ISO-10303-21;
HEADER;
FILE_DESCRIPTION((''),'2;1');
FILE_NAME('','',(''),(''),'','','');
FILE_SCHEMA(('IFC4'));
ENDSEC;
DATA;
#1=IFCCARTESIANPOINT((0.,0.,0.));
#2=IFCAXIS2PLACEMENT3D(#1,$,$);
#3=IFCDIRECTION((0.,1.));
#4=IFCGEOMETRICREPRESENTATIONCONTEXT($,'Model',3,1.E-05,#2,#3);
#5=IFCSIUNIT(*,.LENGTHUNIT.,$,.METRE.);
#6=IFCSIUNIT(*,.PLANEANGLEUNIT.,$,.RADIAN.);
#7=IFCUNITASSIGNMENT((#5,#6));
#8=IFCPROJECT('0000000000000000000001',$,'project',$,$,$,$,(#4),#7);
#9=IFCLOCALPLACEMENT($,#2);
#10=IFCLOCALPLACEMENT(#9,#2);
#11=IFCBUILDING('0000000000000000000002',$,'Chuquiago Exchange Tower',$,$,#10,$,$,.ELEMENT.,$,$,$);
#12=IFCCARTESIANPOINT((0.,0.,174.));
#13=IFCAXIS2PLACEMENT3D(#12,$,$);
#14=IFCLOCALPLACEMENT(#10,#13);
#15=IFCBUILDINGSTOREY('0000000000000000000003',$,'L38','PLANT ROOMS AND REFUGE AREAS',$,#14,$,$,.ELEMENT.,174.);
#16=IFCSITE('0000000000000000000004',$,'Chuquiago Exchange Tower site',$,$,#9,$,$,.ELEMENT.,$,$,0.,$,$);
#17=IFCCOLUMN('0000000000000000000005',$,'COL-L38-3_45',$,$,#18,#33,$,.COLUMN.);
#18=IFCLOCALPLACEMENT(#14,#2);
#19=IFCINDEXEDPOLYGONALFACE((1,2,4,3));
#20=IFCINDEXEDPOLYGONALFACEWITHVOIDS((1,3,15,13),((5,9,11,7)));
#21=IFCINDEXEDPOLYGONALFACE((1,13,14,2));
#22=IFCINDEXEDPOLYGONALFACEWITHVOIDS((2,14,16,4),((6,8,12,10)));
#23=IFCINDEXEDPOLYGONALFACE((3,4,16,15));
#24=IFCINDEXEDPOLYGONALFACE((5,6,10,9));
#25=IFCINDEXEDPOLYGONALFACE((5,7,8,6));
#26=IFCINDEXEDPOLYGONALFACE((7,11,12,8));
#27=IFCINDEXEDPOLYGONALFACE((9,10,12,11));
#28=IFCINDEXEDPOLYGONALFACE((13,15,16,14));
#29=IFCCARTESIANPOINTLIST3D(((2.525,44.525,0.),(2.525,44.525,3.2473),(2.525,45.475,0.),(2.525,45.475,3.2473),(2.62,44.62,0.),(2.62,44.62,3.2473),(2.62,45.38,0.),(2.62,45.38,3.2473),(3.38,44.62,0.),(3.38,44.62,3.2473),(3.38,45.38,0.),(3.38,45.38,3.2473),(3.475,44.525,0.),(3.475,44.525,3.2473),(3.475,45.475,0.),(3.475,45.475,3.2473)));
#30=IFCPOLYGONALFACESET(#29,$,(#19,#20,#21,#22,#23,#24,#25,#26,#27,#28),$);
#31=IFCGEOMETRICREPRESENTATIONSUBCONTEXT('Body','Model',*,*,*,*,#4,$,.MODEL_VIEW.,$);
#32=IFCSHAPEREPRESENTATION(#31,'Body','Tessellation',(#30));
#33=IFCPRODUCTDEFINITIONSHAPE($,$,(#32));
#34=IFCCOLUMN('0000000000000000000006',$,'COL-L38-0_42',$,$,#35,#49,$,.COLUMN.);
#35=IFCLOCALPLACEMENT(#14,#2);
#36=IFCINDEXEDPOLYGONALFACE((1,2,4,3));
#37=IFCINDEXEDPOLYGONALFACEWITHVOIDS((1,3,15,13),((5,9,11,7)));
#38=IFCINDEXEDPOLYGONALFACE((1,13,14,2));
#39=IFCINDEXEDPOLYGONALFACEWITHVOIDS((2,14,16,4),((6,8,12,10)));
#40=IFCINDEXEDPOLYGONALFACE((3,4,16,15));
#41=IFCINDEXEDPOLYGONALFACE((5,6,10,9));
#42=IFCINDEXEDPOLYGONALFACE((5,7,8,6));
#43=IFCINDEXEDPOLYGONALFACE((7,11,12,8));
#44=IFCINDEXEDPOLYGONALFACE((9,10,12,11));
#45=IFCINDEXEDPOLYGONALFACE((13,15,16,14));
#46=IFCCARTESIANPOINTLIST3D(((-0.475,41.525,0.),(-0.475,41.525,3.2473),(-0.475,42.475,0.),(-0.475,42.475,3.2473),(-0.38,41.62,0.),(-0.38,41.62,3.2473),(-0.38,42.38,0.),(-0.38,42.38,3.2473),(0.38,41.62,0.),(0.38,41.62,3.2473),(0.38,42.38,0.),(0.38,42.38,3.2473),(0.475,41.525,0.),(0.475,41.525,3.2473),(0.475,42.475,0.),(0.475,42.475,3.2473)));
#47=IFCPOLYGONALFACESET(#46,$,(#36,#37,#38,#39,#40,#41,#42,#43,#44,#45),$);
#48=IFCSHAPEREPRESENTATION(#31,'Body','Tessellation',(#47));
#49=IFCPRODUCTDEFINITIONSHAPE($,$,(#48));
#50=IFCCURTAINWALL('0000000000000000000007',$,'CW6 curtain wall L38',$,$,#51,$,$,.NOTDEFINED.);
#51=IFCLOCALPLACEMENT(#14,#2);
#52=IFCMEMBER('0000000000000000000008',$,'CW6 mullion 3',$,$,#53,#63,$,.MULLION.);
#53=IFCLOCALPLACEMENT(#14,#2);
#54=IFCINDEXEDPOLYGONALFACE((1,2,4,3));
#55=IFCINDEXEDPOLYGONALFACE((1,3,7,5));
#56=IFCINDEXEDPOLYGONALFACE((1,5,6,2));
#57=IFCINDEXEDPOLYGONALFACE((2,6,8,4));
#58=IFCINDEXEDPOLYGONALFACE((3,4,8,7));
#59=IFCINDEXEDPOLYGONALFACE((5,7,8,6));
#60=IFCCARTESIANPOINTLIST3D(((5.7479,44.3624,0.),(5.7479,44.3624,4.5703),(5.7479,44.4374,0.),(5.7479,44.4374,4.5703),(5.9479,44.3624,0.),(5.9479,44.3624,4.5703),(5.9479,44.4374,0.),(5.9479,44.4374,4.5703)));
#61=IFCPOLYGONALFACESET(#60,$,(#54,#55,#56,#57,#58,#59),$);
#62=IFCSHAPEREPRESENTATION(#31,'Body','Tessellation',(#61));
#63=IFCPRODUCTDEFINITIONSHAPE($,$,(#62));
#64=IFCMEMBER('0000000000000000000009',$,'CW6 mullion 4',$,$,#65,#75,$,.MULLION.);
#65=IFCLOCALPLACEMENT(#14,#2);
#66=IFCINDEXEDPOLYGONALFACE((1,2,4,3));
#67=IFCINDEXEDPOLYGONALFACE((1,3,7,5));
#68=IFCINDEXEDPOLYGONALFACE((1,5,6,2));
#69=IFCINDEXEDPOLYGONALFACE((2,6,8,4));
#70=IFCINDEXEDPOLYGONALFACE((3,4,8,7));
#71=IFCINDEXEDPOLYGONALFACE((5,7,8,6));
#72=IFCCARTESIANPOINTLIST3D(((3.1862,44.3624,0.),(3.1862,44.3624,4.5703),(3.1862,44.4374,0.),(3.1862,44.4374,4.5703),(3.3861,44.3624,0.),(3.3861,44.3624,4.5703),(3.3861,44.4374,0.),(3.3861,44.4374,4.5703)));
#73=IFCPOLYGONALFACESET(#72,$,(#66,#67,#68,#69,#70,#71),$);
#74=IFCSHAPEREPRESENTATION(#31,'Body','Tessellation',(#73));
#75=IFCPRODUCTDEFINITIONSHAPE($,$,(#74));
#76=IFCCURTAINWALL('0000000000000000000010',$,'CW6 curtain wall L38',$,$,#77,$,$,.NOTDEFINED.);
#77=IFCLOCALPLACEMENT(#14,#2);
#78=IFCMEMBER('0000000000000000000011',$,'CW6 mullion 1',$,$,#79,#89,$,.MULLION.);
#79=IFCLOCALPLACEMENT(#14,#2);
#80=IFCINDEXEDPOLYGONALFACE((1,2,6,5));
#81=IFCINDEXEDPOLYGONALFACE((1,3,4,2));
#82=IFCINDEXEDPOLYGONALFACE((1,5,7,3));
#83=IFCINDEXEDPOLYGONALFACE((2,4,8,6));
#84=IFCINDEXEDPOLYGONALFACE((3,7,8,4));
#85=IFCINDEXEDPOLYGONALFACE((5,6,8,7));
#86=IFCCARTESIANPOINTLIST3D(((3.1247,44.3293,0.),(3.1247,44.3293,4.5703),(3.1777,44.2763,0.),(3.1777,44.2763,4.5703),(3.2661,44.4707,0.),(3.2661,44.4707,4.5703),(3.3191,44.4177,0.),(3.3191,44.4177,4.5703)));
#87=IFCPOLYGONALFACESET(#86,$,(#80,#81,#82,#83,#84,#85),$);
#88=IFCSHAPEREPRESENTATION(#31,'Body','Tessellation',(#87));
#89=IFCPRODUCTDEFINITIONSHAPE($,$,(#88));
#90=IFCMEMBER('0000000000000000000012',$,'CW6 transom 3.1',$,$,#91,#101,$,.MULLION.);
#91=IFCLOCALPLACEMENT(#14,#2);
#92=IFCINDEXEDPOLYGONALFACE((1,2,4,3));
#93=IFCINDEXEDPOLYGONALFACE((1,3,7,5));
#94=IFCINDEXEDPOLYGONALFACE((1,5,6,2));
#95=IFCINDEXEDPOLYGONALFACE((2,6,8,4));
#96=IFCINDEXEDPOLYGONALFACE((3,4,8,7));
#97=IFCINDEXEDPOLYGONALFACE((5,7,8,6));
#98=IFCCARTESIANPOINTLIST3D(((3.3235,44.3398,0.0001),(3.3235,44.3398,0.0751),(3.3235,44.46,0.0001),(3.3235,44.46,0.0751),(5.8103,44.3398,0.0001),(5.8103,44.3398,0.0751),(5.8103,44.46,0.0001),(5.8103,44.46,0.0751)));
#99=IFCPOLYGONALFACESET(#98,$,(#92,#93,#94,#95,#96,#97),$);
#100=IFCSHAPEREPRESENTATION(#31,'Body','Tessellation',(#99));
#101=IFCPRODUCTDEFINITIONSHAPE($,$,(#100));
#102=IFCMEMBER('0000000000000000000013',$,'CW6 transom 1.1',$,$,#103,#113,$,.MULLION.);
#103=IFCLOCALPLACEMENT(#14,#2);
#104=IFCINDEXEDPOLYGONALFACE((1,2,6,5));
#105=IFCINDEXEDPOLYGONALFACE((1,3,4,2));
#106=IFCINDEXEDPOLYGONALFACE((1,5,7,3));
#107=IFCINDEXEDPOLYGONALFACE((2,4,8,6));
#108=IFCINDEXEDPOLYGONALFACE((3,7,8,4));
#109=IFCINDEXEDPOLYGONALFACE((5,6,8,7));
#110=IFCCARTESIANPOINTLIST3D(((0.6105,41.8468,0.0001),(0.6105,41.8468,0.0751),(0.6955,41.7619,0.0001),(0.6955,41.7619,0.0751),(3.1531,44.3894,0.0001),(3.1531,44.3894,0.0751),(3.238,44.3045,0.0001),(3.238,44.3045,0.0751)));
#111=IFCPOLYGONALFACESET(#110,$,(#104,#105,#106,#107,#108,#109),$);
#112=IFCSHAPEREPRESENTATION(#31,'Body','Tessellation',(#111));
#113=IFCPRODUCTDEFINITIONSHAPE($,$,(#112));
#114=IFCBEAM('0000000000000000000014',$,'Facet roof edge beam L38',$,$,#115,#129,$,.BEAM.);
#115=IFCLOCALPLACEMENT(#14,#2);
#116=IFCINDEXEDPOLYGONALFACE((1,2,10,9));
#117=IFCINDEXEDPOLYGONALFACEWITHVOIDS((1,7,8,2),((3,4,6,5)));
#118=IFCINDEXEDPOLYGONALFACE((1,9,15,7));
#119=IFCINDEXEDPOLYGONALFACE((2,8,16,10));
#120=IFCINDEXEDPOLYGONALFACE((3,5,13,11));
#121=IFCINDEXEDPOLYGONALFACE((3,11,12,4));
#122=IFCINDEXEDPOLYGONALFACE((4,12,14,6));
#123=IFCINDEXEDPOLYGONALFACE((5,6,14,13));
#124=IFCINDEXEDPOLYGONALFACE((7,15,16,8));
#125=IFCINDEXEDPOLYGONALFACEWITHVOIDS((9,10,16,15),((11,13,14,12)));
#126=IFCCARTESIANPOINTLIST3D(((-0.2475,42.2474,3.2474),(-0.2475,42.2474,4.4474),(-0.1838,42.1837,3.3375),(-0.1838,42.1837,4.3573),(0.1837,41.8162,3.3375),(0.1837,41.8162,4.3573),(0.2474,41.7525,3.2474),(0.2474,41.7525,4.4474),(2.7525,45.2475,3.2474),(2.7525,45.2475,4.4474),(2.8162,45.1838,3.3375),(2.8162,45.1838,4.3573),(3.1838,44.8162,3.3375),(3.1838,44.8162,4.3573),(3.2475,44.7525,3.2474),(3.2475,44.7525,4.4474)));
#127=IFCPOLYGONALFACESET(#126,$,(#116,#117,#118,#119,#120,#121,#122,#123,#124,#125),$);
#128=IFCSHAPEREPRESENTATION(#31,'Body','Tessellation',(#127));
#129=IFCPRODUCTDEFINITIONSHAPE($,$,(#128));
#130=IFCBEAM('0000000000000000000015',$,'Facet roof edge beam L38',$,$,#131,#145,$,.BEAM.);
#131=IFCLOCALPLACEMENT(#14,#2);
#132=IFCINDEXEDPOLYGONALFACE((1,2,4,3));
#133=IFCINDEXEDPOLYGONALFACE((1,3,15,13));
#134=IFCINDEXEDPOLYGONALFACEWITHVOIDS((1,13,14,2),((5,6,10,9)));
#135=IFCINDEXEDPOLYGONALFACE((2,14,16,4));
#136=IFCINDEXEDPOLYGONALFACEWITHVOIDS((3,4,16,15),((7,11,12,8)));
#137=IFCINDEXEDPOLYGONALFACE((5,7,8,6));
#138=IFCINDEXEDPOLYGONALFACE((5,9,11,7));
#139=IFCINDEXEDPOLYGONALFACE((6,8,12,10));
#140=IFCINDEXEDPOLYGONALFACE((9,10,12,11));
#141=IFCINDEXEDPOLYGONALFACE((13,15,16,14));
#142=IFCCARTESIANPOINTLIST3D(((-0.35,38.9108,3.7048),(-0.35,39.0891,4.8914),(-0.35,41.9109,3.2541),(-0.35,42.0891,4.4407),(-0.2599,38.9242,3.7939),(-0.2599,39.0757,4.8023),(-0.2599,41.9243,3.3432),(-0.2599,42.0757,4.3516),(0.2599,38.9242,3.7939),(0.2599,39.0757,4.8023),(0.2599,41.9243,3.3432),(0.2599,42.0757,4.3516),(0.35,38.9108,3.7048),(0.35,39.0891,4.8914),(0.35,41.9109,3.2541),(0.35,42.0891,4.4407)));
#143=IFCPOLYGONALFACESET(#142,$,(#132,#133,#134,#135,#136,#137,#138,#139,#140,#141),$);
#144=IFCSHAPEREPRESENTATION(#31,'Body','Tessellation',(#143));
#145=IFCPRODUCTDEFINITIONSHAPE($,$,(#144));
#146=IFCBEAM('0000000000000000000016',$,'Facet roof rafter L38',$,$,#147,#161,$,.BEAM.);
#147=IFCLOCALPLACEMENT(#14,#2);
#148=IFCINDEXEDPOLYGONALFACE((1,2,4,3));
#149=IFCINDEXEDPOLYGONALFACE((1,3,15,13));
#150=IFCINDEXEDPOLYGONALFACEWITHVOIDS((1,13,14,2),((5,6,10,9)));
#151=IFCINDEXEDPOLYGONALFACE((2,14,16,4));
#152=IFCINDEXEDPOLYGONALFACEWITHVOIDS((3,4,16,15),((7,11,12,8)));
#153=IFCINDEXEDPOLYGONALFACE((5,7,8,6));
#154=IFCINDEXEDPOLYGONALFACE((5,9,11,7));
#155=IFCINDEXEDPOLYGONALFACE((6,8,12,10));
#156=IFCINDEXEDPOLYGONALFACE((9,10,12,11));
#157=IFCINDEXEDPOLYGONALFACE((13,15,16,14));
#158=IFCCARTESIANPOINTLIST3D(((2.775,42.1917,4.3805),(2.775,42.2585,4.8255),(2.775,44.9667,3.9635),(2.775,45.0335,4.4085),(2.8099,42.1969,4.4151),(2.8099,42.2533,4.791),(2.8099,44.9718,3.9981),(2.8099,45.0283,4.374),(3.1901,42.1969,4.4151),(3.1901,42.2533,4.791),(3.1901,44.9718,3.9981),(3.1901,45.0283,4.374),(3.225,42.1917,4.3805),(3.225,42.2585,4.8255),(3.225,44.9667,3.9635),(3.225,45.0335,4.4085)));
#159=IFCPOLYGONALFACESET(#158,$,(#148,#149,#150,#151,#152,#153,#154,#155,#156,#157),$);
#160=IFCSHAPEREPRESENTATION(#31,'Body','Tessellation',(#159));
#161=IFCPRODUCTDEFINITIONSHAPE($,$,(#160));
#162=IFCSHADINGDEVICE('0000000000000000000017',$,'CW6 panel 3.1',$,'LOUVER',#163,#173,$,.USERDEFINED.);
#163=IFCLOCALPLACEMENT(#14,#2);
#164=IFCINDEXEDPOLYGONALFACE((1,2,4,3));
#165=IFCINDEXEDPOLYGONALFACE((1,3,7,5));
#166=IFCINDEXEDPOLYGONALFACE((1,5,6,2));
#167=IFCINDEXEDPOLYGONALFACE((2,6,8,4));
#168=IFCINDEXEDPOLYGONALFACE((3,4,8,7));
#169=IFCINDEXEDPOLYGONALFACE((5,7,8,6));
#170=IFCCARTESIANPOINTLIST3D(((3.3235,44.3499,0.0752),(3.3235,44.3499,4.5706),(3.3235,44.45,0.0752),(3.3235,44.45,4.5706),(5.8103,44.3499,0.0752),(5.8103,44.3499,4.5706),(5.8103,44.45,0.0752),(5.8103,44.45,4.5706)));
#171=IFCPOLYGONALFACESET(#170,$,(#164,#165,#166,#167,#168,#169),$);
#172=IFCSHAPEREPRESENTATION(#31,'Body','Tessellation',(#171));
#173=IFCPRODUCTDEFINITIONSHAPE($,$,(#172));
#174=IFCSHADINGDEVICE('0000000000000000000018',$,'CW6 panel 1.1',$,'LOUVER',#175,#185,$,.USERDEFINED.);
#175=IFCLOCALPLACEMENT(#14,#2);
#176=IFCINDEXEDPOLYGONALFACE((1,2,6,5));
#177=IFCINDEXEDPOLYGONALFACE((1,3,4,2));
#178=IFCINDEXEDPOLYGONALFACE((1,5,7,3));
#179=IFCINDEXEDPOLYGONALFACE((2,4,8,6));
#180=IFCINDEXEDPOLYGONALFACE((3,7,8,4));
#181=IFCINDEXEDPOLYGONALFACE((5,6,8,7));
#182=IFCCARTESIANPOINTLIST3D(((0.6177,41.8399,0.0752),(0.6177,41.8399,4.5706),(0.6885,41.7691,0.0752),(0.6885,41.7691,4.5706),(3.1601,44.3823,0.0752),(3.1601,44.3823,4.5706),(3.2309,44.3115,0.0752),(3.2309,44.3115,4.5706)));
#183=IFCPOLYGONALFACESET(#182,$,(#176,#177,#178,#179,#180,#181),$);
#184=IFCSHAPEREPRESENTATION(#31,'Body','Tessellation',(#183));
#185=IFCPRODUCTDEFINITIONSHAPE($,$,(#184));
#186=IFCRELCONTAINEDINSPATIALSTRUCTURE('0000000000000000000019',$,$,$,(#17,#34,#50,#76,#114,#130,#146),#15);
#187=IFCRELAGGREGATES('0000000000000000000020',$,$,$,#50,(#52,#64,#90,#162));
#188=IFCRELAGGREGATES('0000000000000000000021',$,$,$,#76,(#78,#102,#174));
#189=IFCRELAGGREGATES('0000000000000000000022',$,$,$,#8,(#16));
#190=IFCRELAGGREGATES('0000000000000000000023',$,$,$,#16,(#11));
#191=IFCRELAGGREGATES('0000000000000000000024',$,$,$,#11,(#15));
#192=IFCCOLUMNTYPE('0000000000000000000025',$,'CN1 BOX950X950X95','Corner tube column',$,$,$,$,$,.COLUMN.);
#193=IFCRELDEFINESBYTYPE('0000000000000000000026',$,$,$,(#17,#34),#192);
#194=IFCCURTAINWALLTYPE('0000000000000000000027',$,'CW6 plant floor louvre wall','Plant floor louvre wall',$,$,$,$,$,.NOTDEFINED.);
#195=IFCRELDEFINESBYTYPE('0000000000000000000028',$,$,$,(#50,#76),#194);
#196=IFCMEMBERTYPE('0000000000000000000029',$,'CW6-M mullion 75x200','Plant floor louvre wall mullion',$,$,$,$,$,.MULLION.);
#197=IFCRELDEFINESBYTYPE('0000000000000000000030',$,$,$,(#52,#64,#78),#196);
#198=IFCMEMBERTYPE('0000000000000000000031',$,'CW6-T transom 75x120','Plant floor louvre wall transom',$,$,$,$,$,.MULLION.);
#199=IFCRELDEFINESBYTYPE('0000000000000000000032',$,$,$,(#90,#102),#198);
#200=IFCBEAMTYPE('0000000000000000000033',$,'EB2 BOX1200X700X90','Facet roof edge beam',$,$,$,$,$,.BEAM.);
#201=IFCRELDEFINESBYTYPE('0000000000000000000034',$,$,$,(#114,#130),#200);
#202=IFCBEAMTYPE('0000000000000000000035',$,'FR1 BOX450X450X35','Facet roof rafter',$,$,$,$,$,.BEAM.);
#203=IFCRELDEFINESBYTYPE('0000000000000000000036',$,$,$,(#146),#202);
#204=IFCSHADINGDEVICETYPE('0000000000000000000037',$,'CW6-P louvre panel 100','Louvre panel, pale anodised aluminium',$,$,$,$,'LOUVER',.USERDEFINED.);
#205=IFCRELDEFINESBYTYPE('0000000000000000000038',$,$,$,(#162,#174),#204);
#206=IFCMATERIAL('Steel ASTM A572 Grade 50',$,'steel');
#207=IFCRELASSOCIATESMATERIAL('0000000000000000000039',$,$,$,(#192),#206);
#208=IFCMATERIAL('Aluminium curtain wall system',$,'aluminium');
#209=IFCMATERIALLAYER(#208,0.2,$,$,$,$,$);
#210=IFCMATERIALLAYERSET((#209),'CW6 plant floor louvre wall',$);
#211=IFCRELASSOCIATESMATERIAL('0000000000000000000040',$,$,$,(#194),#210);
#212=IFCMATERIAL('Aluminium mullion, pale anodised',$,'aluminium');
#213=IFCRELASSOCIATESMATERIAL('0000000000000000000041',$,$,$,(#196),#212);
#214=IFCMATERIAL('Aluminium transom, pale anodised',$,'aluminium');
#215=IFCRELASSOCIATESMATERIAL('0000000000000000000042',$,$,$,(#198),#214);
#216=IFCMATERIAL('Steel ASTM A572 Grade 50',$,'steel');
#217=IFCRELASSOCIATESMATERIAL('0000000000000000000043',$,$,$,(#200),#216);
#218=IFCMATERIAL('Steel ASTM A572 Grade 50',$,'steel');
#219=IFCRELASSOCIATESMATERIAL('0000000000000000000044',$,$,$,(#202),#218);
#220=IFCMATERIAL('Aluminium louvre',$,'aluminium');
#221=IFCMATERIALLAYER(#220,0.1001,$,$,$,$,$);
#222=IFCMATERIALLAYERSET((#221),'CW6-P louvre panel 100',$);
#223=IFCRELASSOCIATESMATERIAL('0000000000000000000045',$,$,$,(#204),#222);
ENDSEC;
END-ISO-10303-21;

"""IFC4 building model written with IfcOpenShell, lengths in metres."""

from ifc_helpers import new_model, si_unit, direction, frame, origin, origin_2d, place, context, subcontext, project, spatial, rectangle, hollow_rectangle, extrude, material, layer, layer_set, material_profile, profile_set, type_object, element, aggregate, save


model = new_model("IFC4")

# Units and contexts
model_context = context("Model", 3, precision=1e-05, world=origin(), true_north=direction((0.0, 1.0)))
body_context = subcontext(model_context, "Body", "Model", "MODEL_VIEW")
ifc_project = project(units=[si_unit("LENGTHUNIT", "METRE"), si_unit("PLANEANGLEUNIT", "RADIAN")], contexts=[model_context])

# Site, building, storey
site_placement = place(None, origin())
site = spatial("IfcSite", under=ifc_project, at=site_placement, Name="Chuquiago Exchange Tower site", CompositionType="ELEMENT", RefElevation=0.0)
building_placement = place(site_placement, origin())
building = spatial("IfcBuilding", under=site, at=building_placement, Name="Chuquiago Exchange Tower", CompositionType="ELEMENT")
storey_placement = place(building_placement, frame((0.0, 0.0, 174.0)))
storey = spatial("IfcBuildingStorey", under=building, at=storey_placement, Name="L38", Description="PLANT ROOMS AND REFUGE AREAS", CompositionType="ELEMENT", Elevation=174.0)

# Columns
ifc_material_1 = material(Name="Steel ASTM A572 Grade 50", Category="steel")
ifc_material_profile_1 = material_profile(ifc_material_1, hollow_rectangle(XDim=0.95, YDim=0.95, WallThickness=0.095, at=origin_2d()), Name="BOX950X950X95")
ifc_profile_set_1 = profile_set([ifc_material_profile_1], Name="Steel ASTM A572 Grade 50")
column_type = type_object("IfcColumnType", Name="CN1 BOX950X950X95", Description="Corner tube column", PredefinedType="COLUMN", material=ifc_profile_set_1)
for number, where, z_axis, x_axis, name in (
    (1, (3.0, 45.0, 0.0), (0.0, 0.0, 1.0), (0.0, 1.0, 0.0), "COL-L38-3_45"),
    (2, (0.0, 42.0, 0.0), (0.0, 0.0, 1.0), (-1.0, 0.0, 0.0), "COL-L38-0_42"),
):
    element("IfcColumn", number, at=place(storey_placement, frame(where, z_axis=z_axis, x_axis=x_axis)), inside=storey, type_object=column_type, Name=name, PredefinedType="COLUMN", context=body_context, shape_type="SweptSolid", body=[
        extrude(hollow_rectangle(XDim=0.95, YDim=0.95, WallThickness=0.095, at=origin_2d()), origin(), (0.0, 0.0, 1.0), 3.2473),
    ])

# Curtain wall, members
ifc_material_2 = material(Name="Aluminium curtain wall system", Category="aluminium")
ifc_layer_1 = layer(ifc_material_2, 0.2)
ifc_layer_set_1 = layer_set([ifc_layer_1], Name="CW6 plant floor louvre wall")
curtain_wall_type = type_object("IfcCurtainWallType", Name="CW6 plant floor louvre wall", Description="Plant floor louvre wall", PredefinedType="NOTDEFINED", material=ifc_layer_set_1)
curtain_wall_1_placement = place(storey_placement, origin())
curtain_wall_1 = element("IfcCurtainWall", 3, at=curtain_wall_1_placement, inside=storey, type_object=curtain_wall_type, Name="CW6 curtain wall L38", PredefinedType="NOTDEFINED")
ifc_material_3 = material(Name="Aluminium mullion, pale anodised", Category="aluminium")
ifc_material_profile_2 = material_profile(ifc_material_3, rectangle(XDim=0.075, YDim=0.2, at=origin_2d()), Name="AL 75x200")
ifc_profile_set_2 = profile_set([ifc_material_profile_2], Name="Aluminium mullion, pale anodised")
member_type_1 = type_object("IfcMemberType", Name="CW6-M mullion 75x200", Description="Plant floor louvre wall mullion", PredefinedType="MULLION", material=ifc_profile_set_2)
member_1_placement = place(storey_placement, frame((5.8479, 44.3999, 0.0), z_axis=(0.0, 0.0, 1.0), x_axis=(0.0, -1.0, 0.0)))
member_1 = element("IfcMember", 4, at=member_1_placement, type_object=member_type_1, Name="CW6 mullion 3", PredefinedType="MULLION", context=body_context, shape_type="SweptSolid", body=[
    extrude(rectangle(XDim=0.075, YDim=0.2, at=origin_2d()), origin(), (0.0, 0.0, 1.0), 4.5703),
])
member_2_placement = place(storey_placement, frame((3.2861, 44.3999, 0.0), z_axis=(0.0, 0.0, 1.0), x_axis=(0.0, -1.0, 0.0)))
member_2 = element("IfcMember", 5, at=member_2_placement, type_object=member_type_1, Name="CW6 mullion 4", PredefinedType="MULLION", context=body_context, shape_type="SweptSolid", body=[
    extrude(rectangle(XDim=0.075, YDim=0.2, at=origin_2d()), origin(), (0.0, 0.0, 1.0), 4.5703),
])

# Curtain wall, member
curtain_wall_2_placement = place(storey_placement, origin())
curtain_wall_2 = element("IfcCurtainWall", 6, at=curtain_wall_2_placement, inside=storey, type_object=curtain_wall_type, Name="CW6 curtain wall L38", PredefinedType="NOTDEFINED")
member_3_placement = place(storey_placement, frame((3.2219, 44.3735, 0.0), z_axis=(0.0, 0.0, 1.0), x_axis=(0.707107, -0.707107, 0.0)))
member_3 = element("IfcMember", 7, at=member_3_placement, type_object=member_type_1, Name="CW6 mullion 1", PredefinedType="MULLION", context=body_context, shape_type="SweptSolid", body=[
    extrude(rectangle(XDim=0.075, YDim=0.2, at=origin_2d()), origin(), (0.0, 0.0, 1.0), 4.5703),
])

# Members
ifc_material_4 = material(Name="Aluminium transom, pale anodised", Category="aluminium")
ifc_material_profile_3 = material_profile(ifc_material_4, rectangle(XDim=0.1201, YDim=0.075, at=origin_2d()), Name="AL 120x75")
ifc_profile_set_3 = profile_set([ifc_material_profile_3], Name="Aluminium transom, pale anodised")
member_type_2 = type_object("IfcMemberType", Name="CW6-T transom 75x120", Description="Plant floor louvre wall transom", PredefinedType="MULLION", material=ifc_profile_set_3)
member_4_placement = place(storey_placement, frame((5.8103, 44.3999, 0.0376), z_axis=(-1.0, 0.0, 0.0), x_axis=(0.0, -1.0, 0.0)))
member_4 = element("IfcMember", 8, at=member_4_placement, type_object=member_type_2, Name="CW6 transom 3.1", PredefinedType="MULLION", context=body_context, shape_type="SweptSolid", body=[
    extrude(rectangle(XDim=0.1201, YDim=0.075, at=origin_2d()), origin(), (0.0, 0.0, 1.0), 2.4868),
])
member_5_placement = place(storey_placement, frame((3.1956, 44.3469, 0.0376), z_axis=(-0.707107, -0.707107, 0.0), x_axis=(0.707107, -0.707107, 0.0)))
member_5 = element("IfcMember", 9, at=member_5_placement, type_object=member_type_2, Name="CW6 transom 1.1", PredefinedType="MULLION", context=body_context, shape_type="SweptSolid", body=[
    extrude(rectangle(XDim=0.1201, YDim=0.075, at=origin_2d()), origin(), (0.0, 0.0, 1.0), 3.5957),
])

# Beams
ifc_material_5 = material(Name="Steel ASTM A572 Grade 50", Category="steel")
ifc_material_profile_4 = material_profile(ifc_material_5, hollow_rectangle(XDim=0.7, YDim=1.2, WallThickness=0.0901, at=origin_2d()), Name="BOX1200X700X90")
ifc_profile_set_4 = profile_set([ifc_material_profile_4], Name="Steel ASTM A572 Grade 50")
beam_type_1 = type_object("IfcBeamType", Name="EB2 BOX1200X700X90", Description="Facet roof edge beam", PredefinedType="BEAM", material=ifc_profile_set_4)
beam_1_placement = place(storey_placement, frame((3.0, 45.0, 3.8474), z_axis=(-0.707107, -0.707107, 0.0), x_axis=(0.707107, -0.707107, 0.0)))
element("IfcBeam", 10, at=beam_1_placement, inside=storey, type_object=beam_type_1, Name="Facet roof edge beam L38", PredefinedType="BEAM", context=body_context, shape_type="SweptSolid", body=[
    extrude(hollow_rectangle(XDim=0.7, YDim=1.2, WallThickness=0.0901, at=origin_2d()), origin(), (0.0, 0.0, 1.0), 4.2427),
])
beam_2_placement = place(storey_placement, frame((0.0, 42.0, 3.8474), z_axis=(0.0, -0.988903, 0.148561), x_axis=(1.0, 0.0, 0.0)))
element("IfcBeam", 11, at=beam_2_placement, inside=storey, type_object=beam_type_1, Name="Facet roof edge beam L38", PredefinedType="BEAM", context=body_context, shape_type="SweptSolid", body=[
    extrude(hollow_rectangle(XDim=0.7, YDim=1.2, WallThickness=0.0901, at=origin_2d()), origin(), (0.0, 0.0, 1.0), 3.0337),
])
ifc_material_6 = material(Name="Steel ASTM A572 Grade 50", Category="steel")
ifc_material_profile_5 = material_profile(ifc_material_6, hollow_rectangle(XDim=0.45, YDim=0.45, WallThickness=0.0349, at=origin_2d()), Name="BOX450X450X35")
ifc_profile_set_5 = profile_set([ifc_material_profile_5], Name="Steel ASTM A572 Grade 50")
beam_type_2 = type_object("IfcBeamType", Name="FR1 BOX450X450X35", Description="Facet roof rafter", PredefinedType="BEAM", material=ifc_profile_set_5)
beam_3_placement = place(storey_placement, frame((3.0, 42.2251, 4.603), z_axis=(0.0, 0.988897, -0.148604), x_axis=(-1.0, 0.0, 0.0)))
element("IfcBeam", 12, at=beam_3_placement, inside=storey, type_object=beam_type_2, Name="Facet roof rafter L38", PredefinedType="BEAM", context=body_context, shape_type="SweptSolid", body=[
    extrude(hollow_rectangle(XDim=0.45, YDim=0.45, WallThickness=0.0349, at=origin_2d()), origin(), (0.0, 0.0, 1.0), 2.8062),
])

# Shading devices
ifc_material_7 = material(Name="Aluminium louvre", Category="aluminium")
ifc_layer_2 = layer(ifc_material_7, 0.1001)
ifc_layer_set_2 = layer_set([ifc_layer_2], Name="CW6-P louvre panel 100")
shading_device_type = type_object("IfcShadingDeviceType", Name="CW6-P louvre panel 100", Description="Louvre panel, pale anodised aluminium", ElementType="LOUVER", PredefinedType="USERDEFINED", material=ifc_layer_set_2)
shading_device_1_placement = place(storey_placement, frame((4.5669, 44.3999, 0.0752), z_axis=(0.0, 0.0, 1.0), x_axis=(-1.0, 0.0, 0.0)))
shading_device_1 = element("IfcShadingDevice", 13, at=shading_device_1_placement, type_object=shading_device_type, Name="CW6 panel 3.1", ObjectType="LOUVER", PredefinedType="USERDEFINED", context=body_context, shape_type="SweptSolid", body=[
    extrude(rectangle(XDim=2.4868, YDim=0.1001, at=origin_2d()), origin(), (0.0, 0.0, 1.0), 4.4954),
])
aggregate(curtain_wall_1, [member_1, member_2, member_4, shading_device_1])
shading_device_2_placement = place(storey_placement, frame((1.9243, 43.0757, 0.0752), z_axis=(0.0, 0.0, 1.0), x_axis=(-0.707107, -0.707107, 0.0)))
shading_device_2 = element("IfcShadingDevice", 14, at=shading_device_2_placement, type_object=shading_device_type, Name="CW6 panel 1.1", ObjectType="LOUVER", PredefinedType="USERDEFINED", context=body_context, shape_type="SweptSolid", body=[
    extrude(rectangle(XDim=3.5955, YDim=0.1001, at=origin_2d()), origin(), (0.0, 0.0, 1.0), 4.4954),
])
aggregate(curtain_wall_2, [member_3, member_5, shading_device_2])

save(model, "model.ifc")
